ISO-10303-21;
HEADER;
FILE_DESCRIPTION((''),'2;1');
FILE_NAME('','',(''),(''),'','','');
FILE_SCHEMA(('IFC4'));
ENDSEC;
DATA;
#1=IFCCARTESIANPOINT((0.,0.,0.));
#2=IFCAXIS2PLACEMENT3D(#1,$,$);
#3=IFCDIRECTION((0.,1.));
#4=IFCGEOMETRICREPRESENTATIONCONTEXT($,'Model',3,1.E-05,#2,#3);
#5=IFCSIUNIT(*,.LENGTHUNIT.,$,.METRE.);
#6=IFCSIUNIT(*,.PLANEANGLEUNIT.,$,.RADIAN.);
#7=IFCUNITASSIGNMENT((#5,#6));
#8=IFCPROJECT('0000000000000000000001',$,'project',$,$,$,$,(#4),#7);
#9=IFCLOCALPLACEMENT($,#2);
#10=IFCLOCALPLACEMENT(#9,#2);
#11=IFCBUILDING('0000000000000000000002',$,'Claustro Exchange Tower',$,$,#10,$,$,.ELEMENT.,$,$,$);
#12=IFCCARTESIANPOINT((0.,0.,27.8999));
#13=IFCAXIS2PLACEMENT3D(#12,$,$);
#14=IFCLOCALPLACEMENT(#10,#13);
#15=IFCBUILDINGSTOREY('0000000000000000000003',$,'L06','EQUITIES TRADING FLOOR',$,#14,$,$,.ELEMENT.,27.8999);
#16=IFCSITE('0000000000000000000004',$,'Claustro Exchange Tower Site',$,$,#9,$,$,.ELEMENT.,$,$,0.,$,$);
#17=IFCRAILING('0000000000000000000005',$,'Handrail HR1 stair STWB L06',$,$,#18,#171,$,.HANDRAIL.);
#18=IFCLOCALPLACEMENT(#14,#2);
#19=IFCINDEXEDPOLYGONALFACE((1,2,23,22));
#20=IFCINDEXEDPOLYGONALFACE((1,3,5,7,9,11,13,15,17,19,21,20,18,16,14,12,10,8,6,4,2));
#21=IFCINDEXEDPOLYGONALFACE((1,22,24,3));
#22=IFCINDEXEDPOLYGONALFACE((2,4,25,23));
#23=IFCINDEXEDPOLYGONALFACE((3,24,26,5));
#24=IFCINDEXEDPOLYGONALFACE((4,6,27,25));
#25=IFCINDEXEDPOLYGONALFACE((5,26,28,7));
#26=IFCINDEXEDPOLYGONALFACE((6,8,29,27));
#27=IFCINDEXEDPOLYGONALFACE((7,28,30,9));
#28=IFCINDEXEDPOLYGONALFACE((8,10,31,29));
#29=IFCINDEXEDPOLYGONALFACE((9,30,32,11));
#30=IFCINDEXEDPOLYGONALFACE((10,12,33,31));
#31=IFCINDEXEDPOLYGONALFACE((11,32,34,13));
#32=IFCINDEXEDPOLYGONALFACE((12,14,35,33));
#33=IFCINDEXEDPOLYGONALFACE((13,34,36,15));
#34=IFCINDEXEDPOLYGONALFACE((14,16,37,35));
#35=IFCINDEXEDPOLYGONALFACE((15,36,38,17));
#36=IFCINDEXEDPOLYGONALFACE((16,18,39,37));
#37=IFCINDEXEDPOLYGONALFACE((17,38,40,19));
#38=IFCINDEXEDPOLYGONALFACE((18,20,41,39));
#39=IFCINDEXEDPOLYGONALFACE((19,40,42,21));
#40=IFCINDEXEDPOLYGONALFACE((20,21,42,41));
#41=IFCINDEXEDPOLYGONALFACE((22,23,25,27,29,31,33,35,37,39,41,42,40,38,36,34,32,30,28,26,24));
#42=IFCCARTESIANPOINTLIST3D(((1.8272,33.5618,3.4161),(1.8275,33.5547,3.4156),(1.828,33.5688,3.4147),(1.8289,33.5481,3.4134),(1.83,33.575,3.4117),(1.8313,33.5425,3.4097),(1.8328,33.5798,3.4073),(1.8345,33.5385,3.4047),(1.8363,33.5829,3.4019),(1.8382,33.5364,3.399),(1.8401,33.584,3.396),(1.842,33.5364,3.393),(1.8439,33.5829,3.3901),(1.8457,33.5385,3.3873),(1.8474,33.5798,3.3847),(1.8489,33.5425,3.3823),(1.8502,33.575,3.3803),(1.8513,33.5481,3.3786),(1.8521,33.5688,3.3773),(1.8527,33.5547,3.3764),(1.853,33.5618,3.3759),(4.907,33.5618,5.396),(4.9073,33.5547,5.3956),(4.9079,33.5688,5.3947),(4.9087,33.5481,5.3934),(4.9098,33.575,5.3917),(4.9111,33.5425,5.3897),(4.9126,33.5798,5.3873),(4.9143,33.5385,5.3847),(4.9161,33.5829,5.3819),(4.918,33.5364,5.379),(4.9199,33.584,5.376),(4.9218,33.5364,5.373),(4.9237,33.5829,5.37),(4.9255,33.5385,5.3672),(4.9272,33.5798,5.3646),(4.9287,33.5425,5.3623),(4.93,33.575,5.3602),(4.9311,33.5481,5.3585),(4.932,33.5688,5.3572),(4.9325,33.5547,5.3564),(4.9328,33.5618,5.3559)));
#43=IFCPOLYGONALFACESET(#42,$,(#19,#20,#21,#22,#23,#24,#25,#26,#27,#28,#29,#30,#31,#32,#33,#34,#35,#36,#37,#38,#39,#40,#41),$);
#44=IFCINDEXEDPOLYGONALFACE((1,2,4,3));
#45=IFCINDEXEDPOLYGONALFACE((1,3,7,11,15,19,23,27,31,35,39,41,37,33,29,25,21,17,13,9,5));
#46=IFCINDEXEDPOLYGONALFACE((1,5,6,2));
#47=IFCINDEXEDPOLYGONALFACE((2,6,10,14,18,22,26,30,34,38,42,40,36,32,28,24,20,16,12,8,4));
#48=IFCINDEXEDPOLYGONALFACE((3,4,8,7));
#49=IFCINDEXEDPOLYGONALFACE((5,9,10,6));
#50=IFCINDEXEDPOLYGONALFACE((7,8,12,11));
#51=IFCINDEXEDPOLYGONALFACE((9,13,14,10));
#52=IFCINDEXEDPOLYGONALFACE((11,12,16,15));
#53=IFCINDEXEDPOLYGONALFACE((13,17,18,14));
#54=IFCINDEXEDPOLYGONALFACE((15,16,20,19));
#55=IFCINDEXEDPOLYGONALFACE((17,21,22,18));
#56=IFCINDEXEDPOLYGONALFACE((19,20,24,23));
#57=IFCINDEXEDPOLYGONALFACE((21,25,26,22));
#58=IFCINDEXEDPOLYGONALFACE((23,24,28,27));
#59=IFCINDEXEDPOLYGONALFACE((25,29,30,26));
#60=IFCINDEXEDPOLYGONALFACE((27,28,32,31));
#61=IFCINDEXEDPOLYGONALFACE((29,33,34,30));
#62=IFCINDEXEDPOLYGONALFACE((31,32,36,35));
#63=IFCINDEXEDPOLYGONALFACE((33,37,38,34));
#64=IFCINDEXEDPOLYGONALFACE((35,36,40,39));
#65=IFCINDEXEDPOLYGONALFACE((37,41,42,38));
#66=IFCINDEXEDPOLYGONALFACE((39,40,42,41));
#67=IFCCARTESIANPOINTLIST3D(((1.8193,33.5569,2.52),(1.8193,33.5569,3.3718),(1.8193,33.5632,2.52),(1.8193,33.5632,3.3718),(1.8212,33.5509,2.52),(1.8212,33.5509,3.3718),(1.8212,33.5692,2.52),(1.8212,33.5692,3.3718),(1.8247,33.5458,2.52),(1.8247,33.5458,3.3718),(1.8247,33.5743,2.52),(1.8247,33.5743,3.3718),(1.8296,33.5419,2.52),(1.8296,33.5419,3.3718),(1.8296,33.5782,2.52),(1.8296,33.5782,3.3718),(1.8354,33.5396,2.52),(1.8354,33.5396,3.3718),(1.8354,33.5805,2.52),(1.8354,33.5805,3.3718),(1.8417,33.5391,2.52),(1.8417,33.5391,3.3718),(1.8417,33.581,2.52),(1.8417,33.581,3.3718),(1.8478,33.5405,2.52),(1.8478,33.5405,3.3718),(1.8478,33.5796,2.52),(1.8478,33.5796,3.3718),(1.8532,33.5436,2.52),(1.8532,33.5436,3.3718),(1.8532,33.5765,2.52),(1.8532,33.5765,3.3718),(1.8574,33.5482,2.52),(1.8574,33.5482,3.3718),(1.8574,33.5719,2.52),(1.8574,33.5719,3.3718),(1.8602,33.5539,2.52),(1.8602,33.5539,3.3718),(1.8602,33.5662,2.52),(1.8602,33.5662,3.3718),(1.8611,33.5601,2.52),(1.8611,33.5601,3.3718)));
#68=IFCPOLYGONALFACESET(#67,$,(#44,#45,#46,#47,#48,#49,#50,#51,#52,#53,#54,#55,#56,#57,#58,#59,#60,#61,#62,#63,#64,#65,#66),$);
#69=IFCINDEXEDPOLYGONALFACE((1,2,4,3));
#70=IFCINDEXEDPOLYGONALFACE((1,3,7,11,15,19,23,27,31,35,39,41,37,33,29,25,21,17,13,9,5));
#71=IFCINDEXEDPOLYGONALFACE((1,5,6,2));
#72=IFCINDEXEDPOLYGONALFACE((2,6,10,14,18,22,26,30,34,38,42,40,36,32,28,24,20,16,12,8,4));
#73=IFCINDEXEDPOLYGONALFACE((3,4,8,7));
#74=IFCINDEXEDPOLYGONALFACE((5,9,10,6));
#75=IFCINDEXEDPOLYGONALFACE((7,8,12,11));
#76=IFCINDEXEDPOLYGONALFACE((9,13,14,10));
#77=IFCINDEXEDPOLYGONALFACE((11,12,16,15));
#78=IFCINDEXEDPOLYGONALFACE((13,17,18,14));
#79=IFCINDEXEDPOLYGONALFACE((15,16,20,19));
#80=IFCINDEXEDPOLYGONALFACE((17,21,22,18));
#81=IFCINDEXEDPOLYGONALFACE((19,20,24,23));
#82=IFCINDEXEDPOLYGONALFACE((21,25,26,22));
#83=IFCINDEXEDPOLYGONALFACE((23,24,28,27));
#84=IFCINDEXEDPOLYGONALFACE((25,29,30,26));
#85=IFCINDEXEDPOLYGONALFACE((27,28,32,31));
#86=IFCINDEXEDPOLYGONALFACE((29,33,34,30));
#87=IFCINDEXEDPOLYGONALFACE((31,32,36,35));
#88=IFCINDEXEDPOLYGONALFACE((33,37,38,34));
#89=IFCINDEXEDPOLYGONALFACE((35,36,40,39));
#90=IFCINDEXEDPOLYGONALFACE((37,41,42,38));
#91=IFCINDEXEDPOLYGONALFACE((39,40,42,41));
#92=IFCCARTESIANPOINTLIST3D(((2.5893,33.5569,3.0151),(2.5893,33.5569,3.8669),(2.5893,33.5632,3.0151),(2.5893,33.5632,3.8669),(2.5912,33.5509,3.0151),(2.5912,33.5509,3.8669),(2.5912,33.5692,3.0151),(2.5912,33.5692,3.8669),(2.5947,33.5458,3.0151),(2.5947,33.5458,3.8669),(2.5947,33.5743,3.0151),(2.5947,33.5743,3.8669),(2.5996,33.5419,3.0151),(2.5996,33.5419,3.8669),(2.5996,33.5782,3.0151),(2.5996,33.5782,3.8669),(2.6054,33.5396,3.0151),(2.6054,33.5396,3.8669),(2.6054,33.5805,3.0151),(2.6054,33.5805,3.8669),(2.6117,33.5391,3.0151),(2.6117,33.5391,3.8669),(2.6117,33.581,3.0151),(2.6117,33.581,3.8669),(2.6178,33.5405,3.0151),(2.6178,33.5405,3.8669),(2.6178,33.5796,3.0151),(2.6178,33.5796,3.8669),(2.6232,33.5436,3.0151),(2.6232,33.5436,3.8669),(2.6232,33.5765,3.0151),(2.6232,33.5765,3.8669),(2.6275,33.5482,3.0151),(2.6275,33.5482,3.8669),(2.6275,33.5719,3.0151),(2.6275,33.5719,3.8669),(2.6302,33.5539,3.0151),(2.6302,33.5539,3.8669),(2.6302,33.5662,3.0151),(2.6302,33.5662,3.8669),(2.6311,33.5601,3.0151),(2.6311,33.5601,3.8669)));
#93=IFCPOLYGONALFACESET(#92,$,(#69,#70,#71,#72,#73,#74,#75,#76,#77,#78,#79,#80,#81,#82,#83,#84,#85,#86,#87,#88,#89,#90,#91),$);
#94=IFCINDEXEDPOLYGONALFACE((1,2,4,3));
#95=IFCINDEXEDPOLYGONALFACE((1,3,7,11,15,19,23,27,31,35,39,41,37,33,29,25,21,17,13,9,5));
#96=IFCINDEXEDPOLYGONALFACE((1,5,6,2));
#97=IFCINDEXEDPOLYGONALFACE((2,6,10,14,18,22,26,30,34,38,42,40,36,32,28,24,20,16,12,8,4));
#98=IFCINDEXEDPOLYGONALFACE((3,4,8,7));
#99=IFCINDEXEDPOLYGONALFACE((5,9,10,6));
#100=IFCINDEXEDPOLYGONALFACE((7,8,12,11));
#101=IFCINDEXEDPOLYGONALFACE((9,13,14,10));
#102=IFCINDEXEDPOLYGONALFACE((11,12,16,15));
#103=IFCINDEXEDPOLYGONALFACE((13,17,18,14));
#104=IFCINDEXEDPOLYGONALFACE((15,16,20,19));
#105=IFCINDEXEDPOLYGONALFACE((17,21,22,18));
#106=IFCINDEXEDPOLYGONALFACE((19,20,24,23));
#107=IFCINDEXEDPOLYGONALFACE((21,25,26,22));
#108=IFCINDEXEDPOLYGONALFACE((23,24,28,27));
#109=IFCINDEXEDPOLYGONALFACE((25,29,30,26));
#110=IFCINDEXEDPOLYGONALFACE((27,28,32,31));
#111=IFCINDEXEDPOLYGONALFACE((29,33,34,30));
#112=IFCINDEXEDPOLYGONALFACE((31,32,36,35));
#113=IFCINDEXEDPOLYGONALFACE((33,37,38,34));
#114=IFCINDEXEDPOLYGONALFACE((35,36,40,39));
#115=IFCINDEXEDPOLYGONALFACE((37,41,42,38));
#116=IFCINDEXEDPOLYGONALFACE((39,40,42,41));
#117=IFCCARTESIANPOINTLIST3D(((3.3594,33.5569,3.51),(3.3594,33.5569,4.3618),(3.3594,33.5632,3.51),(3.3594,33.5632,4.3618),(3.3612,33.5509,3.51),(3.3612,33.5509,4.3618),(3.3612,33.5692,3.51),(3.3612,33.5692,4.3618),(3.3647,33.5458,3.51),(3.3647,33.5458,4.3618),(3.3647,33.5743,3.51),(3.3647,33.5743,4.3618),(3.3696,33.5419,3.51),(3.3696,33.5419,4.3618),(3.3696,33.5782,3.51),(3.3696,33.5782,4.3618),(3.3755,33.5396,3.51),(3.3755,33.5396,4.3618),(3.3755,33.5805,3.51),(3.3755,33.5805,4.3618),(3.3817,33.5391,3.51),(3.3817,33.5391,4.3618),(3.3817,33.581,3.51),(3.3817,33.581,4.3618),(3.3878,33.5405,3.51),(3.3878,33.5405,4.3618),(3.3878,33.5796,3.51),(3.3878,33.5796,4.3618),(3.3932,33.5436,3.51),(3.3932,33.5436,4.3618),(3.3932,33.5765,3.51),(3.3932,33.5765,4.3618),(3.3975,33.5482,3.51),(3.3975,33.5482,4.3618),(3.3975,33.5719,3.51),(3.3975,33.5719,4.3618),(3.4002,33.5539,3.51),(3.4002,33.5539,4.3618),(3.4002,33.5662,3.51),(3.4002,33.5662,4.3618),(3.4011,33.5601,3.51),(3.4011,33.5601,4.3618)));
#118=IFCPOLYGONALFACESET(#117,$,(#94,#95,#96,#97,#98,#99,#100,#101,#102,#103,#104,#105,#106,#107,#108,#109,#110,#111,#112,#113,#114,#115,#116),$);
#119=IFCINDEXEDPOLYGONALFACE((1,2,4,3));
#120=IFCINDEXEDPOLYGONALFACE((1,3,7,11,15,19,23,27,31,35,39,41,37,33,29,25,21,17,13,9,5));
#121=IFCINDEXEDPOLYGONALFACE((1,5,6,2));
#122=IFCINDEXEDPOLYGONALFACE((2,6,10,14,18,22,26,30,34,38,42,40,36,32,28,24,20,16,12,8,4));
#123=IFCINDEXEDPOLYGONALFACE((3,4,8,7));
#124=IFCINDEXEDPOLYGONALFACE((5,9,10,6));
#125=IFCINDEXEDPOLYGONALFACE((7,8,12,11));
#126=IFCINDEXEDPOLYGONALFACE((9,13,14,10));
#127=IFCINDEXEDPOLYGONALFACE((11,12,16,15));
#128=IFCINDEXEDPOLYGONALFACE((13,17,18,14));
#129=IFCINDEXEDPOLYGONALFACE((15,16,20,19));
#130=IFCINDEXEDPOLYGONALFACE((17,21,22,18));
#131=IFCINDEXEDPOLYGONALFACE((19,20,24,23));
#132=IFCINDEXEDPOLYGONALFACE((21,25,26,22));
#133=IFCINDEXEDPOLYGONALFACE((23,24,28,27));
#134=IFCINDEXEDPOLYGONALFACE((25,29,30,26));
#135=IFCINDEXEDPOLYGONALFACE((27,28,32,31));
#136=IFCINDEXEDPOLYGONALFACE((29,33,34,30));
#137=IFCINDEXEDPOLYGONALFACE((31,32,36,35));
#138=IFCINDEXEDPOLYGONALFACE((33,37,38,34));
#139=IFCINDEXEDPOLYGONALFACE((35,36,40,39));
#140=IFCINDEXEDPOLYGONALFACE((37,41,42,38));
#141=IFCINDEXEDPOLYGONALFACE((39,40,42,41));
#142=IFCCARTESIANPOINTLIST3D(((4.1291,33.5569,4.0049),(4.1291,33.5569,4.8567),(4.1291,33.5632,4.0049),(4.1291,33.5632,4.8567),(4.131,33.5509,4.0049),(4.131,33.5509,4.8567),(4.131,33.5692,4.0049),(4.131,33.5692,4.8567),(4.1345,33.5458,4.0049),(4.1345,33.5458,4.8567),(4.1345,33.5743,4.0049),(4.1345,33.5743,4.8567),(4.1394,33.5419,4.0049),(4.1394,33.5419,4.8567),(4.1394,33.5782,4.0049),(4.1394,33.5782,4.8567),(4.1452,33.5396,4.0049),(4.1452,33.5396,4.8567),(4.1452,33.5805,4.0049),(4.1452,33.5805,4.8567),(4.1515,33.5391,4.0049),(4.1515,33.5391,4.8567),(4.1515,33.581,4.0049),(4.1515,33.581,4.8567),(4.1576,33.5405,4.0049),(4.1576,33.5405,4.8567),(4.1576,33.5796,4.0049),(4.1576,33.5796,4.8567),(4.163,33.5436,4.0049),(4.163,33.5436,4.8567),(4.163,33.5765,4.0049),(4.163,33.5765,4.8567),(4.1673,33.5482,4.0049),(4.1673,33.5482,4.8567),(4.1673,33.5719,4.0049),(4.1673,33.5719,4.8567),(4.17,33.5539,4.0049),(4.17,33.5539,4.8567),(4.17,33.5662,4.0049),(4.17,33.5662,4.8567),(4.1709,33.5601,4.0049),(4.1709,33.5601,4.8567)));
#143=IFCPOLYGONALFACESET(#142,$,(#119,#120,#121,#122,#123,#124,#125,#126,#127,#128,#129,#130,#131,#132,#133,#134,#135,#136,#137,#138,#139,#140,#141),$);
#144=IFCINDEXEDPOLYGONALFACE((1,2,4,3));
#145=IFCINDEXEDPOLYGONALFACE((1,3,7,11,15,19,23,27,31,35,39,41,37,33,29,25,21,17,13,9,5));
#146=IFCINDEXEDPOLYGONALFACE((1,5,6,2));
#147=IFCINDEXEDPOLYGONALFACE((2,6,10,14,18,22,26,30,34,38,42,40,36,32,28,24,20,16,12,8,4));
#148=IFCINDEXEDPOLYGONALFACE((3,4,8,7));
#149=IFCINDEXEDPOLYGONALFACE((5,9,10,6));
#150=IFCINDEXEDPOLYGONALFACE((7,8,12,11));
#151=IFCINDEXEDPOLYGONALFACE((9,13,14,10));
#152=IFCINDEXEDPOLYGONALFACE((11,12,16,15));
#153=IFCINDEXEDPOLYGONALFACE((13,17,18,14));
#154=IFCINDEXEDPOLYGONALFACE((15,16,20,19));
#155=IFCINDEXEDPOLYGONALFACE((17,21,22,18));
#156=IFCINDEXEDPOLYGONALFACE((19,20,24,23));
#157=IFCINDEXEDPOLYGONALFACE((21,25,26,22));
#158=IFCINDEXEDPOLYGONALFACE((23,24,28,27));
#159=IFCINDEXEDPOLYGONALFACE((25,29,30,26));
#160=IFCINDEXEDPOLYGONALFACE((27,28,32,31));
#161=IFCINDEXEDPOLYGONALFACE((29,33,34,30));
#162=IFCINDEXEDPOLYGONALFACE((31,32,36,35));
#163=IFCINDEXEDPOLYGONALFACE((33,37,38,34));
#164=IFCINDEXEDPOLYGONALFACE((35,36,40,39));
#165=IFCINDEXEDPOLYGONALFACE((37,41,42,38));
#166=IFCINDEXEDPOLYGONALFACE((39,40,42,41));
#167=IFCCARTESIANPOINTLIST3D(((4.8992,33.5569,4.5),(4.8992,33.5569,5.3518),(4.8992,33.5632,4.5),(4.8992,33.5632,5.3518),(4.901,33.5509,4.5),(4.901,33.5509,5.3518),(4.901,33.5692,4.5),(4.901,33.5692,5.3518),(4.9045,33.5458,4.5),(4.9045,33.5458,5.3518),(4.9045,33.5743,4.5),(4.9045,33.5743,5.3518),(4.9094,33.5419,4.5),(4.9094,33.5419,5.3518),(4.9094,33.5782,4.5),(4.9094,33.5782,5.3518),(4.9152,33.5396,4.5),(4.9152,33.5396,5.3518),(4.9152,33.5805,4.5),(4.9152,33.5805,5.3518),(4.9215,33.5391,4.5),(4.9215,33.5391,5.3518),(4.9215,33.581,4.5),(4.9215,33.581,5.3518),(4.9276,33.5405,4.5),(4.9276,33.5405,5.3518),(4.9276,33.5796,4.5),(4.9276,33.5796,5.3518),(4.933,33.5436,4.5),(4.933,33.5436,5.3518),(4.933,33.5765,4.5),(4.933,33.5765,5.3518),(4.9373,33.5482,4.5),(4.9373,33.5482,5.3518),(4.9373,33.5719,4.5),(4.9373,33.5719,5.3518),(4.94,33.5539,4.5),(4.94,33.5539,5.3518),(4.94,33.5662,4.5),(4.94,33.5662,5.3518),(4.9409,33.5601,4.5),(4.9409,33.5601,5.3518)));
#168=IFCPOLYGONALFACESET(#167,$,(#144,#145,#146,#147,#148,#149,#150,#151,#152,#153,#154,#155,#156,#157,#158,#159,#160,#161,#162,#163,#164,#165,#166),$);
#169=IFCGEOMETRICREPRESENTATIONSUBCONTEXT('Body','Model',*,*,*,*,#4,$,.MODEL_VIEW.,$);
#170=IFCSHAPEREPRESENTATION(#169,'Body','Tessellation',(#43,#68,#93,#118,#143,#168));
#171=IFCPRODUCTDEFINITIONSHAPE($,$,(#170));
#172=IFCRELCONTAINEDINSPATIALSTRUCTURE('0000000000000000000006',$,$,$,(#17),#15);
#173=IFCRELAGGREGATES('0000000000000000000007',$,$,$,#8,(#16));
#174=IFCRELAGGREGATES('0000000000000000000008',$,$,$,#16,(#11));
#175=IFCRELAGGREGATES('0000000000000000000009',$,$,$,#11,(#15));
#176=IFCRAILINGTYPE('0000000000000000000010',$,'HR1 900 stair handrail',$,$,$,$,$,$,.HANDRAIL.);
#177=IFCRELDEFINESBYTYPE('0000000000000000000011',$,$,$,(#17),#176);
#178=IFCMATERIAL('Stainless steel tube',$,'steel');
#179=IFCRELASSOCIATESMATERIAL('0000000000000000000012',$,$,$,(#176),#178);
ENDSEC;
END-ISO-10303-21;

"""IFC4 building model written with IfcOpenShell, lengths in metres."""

from ifc_helpers import new_model, si_unit, direction, frame, origin, origin_2d, place, context, subcontext, project, spatial, circle, extrude, material, type_object, element, save


model = new_model("IFC4")

# Units and contexts
model_context = context("Model", 3, precision=1e-05, world=origin(), true_north=direction((0.0, 1.0)))
body_context = subcontext(model_context, "Body", "Model", "MODEL_VIEW")
ifc_project = project(units=[si_unit("LENGTHUNIT", "METRE"), si_unit("PLANEANGLEUNIT", "RADIAN")], contexts=[model_context])

# Site, building, storey
site_placement = place(None, origin())
site = spatial("IfcSite", under=ifc_project, at=site_placement, Name="Claustro Exchange Tower Site", CompositionType="ELEMENT", RefElevation=0.0)
building_placement = place(site_placement, origin())
building = spatial("IfcBuilding", under=site, at=building_placement, Name="Claustro Exchange Tower", CompositionType="ELEMENT")
storey_placement = place(building_placement, frame((0.0, 0.0, 27.8999)))
storey = spatial("IfcBuildingStorey", under=building, at=storey_placement, Name="L06", Description="EQUITIES TRADING FLOOR", CompositionType="ELEMENT", Elevation=27.8999)

# Railing
ifc_material_1 = material(Name="Stainless steel tube", Category="steel")
railing_type_1 = type_object("IfcRailingType", Name="HR1 900 stair handrail", PredefinedType="HANDRAIL", material=ifc_material_1)
railing_1_placement = place(storey_placement, frame((1.8401, 33.5601, 2.52)))
element("IfcRailing", 1, at=railing_1_placement, inside=storey, type_object=railing_type_1, Name="Handrail HR1 stair STWB L06", PredefinedType="HANDRAIL", context=body_context, shape_type="SweptSolid", body=[
    extrude(circle(Radius=0.0239, at=origin_2d()), frame((0.0, 0.0, 0.876), z_axis=(0.841168, 0.0, 0.540774), x_axis=(0.0, 1.0, 0.0)), (0.0, 0.0, 1.0), 3.6614),
    extrude(circle(Radius=0.021, at=origin_2d()), origin(), (0.0, 0.0, 1.0), 0.8518),
    extrude(circle(Radius=0.021, at=origin_2d()), frame((0.77, 0.0, 0.4951)), (0.0, 0.0, 1.0), 0.8518),
    extrude(circle(Radius=0.021, at=origin_2d()), frame((1.54, 0.0, 0.99)), (0.0, 0.0, 1.0), 0.8518),
    extrude(circle(Radius=0.021, at=origin_2d()), frame((2.3098, 0.0, 1.4849)), (0.0, 0.0, 1.0), 0.8518),
    extrude(circle(Radius=0.021, at=origin_2d()), frame((3.0798, 0.0, 1.98)), (0.0, 0.0, 1.0), 0.8518),
])

save(model, "model.ifc")
